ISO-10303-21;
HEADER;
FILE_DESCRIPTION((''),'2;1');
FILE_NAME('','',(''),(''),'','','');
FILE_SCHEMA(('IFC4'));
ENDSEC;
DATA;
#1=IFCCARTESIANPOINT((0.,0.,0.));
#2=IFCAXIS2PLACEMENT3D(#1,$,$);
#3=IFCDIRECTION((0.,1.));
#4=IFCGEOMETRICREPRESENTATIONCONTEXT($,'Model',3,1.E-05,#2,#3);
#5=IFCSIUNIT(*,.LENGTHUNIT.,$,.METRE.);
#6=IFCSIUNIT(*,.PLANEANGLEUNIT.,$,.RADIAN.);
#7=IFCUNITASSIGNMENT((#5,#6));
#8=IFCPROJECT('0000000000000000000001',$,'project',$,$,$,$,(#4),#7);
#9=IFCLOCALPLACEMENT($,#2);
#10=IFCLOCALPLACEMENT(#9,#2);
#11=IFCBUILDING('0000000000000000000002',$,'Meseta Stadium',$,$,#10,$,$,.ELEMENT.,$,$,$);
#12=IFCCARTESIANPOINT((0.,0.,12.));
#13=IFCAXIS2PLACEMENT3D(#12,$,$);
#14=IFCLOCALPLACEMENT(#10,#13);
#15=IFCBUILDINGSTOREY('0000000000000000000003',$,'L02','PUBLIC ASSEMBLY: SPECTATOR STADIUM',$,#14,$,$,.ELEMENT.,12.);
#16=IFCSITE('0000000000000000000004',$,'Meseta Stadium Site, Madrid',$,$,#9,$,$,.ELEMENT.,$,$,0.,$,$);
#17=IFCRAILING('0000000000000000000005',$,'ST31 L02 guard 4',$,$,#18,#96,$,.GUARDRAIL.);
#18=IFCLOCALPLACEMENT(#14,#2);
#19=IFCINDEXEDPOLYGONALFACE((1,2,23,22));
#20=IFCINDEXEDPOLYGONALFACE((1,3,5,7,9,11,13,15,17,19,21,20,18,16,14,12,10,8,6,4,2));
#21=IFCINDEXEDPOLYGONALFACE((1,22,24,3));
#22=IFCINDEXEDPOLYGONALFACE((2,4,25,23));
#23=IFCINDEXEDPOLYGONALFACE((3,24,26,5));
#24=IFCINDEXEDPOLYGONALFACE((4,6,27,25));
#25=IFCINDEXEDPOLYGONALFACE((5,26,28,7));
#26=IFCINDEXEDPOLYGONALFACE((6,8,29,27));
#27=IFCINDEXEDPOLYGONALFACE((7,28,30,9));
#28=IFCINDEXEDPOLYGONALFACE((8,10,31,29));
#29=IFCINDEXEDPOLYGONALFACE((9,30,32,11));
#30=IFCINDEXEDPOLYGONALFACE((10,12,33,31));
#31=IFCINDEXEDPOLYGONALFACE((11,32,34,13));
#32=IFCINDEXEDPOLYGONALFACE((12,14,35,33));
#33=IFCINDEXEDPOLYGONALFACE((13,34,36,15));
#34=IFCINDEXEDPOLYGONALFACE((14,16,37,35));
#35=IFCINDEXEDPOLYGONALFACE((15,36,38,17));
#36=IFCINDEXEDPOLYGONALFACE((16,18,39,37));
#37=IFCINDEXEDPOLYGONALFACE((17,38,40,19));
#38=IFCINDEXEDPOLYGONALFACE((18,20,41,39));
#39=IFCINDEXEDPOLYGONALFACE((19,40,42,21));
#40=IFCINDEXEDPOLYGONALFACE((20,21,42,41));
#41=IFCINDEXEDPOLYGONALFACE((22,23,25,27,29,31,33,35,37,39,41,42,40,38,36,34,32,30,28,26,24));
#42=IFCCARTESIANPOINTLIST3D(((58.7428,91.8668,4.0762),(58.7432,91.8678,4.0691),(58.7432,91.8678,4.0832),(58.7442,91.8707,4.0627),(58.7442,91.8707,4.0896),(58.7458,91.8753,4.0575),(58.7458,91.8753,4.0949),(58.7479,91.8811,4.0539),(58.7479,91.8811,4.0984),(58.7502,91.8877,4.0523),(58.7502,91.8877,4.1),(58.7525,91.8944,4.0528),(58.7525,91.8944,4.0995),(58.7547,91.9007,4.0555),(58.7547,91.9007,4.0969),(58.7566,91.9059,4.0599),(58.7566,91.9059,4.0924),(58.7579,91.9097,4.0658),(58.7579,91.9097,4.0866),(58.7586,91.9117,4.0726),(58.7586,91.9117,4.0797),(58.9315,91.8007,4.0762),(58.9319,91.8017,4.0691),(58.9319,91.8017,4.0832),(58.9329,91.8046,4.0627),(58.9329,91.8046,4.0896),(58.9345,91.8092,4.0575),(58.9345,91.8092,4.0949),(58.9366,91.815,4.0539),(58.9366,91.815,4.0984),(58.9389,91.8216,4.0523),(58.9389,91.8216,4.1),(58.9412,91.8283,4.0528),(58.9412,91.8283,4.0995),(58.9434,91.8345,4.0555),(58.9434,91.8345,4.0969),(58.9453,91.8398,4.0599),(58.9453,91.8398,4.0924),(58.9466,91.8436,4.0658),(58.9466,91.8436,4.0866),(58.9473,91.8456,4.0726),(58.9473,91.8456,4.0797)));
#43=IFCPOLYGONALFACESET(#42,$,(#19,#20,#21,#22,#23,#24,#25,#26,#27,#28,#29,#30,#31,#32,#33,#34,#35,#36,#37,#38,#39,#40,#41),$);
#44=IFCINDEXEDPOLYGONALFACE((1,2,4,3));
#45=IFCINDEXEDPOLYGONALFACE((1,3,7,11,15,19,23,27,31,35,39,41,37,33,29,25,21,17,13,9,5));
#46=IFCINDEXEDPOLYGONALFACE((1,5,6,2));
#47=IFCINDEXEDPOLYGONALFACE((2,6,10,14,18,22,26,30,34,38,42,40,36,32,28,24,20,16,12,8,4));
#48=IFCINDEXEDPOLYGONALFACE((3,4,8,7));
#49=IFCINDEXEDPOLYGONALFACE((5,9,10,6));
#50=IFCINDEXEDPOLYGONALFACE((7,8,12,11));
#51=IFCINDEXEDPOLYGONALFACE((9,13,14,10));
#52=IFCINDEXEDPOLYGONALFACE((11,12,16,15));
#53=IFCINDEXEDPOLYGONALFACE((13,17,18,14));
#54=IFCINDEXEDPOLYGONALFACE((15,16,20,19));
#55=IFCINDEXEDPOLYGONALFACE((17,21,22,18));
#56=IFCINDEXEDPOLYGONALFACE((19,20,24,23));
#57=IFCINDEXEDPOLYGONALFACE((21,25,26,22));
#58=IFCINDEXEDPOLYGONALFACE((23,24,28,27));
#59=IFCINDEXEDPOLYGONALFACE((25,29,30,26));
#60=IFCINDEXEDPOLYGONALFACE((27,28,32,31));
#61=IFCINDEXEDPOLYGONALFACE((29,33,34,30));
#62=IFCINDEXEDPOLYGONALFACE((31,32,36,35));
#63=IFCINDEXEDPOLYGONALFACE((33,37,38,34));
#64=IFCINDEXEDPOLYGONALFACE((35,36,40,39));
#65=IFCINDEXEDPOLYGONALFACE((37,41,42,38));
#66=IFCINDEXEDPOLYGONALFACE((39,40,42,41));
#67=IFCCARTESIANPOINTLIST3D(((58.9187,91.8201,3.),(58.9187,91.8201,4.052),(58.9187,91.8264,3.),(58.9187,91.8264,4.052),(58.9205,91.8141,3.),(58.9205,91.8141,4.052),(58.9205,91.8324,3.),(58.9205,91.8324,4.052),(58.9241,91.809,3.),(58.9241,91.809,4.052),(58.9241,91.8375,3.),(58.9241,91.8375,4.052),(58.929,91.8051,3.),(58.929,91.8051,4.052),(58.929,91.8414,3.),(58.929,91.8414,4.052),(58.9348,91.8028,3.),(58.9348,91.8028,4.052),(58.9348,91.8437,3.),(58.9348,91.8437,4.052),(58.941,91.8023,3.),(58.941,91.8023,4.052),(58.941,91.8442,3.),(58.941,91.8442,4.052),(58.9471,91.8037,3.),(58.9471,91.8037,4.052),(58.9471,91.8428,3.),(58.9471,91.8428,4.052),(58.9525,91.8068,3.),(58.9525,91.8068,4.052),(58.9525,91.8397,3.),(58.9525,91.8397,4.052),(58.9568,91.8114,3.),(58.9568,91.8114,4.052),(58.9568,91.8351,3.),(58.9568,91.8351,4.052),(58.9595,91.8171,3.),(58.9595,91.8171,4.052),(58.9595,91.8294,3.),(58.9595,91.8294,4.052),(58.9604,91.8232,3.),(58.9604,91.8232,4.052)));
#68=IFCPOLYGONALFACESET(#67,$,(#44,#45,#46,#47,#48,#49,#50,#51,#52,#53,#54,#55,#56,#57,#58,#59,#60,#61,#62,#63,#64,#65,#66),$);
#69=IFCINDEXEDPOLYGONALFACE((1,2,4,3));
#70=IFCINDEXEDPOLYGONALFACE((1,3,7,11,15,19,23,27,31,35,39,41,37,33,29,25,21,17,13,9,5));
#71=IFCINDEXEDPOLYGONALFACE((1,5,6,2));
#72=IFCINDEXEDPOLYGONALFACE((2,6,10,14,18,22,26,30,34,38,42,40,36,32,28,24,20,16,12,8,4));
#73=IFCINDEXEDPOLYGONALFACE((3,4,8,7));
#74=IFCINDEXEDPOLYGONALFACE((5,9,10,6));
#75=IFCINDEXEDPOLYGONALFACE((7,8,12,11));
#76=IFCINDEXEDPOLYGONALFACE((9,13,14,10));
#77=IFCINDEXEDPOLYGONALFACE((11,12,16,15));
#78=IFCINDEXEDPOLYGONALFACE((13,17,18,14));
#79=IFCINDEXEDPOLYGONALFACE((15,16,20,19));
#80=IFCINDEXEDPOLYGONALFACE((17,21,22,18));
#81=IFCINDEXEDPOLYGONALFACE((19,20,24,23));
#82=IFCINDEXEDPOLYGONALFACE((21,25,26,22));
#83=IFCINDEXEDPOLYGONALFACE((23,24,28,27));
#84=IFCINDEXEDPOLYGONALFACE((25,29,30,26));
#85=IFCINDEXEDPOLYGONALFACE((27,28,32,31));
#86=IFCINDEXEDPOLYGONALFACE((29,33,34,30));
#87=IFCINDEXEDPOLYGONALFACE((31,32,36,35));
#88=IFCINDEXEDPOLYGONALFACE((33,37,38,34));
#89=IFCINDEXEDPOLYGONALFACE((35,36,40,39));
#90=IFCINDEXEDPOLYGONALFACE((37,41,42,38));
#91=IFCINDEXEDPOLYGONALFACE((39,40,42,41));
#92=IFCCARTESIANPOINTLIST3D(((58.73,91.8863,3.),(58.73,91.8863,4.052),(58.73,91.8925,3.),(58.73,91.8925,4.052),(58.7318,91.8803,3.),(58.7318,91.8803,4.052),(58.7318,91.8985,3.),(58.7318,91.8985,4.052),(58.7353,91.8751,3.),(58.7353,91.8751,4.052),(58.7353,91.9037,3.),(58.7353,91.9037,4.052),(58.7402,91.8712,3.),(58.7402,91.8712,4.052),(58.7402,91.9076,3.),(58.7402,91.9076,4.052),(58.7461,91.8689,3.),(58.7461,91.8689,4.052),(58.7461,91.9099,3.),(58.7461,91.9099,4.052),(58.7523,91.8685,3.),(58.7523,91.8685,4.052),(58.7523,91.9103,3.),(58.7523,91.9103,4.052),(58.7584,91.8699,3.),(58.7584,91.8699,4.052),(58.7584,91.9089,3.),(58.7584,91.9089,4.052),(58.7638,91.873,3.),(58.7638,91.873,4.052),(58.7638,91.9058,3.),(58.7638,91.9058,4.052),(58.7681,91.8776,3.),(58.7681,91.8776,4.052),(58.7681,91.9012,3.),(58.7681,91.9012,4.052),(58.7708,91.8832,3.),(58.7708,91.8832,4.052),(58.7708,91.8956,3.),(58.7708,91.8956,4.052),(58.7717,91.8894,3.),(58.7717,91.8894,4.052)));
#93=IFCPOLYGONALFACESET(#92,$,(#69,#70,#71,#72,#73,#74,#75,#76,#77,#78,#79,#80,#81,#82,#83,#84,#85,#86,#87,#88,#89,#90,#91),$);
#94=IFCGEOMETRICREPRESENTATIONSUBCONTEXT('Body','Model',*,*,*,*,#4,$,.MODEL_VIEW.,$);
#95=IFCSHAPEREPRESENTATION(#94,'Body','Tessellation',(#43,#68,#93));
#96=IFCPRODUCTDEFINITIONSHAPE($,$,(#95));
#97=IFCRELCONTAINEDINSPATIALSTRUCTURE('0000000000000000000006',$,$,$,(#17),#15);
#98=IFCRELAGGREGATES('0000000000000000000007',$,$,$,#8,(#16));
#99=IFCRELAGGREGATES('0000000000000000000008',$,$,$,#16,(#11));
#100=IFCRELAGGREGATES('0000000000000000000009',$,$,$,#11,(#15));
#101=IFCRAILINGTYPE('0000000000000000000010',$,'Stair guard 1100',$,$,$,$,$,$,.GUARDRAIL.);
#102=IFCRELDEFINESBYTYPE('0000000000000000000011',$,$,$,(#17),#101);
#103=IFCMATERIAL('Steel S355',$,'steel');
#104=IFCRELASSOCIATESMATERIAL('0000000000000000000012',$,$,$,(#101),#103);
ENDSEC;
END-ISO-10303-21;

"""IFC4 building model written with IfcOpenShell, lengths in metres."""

from ifc_helpers import new_model, si_unit, direction, frame, origin, origin_2d, place, context, subcontext, project, spatial, circle, extrude, material, type_object, element, save


model = new_model("IFC4")

# Units and contexts
model_context = context("Model", 3, precision=1e-05, world=origin(), true_north=direction((0.0, 1.0)))
body_context = subcontext(model_context, "Body", "Model", "MODEL_VIEW")
ifc_project = project(units=[si_unit("LENGTHUNIT", "METRE"), si_unit("PLANEANGLEUNIT", "RADIAN")], contexts=[model_context])

# Site, building, storey
site_placement = place(None, origin())
site = spatial("IfcSite", under=ifc_project, at=site_placement, Name="Meseta Stadium Site, Madrid", CompositionType="ELEMENT", RefElevation=0.0)
building_placement = place(site_placement, origin())
building = spatial("IfcBuilding", under=site, at=building_placement, Name="Meseta Stadium", CompositionType="ELEMENT")
storey_placement = place(building_placement, frame((0.0, 0.0, 12.0)))
storey = spatial("IfcBuildingStorey", under=building, at=storey_placement, Name="L02", Description="PUBLIC ASSEMBLY: SPECTATOR STADIUM", CompositionType="ELEMENT", Elevation=12.0)

# Railing
ifc_material_1 = material(Name="Steel S355", Category="steel")
railing_type_1 = type_object("IfcRailingType", Name="Stair guard 1100", PredefinedType="GUARDRAIL", material=ifc_material_1)
railing_1_placement = place(storey_placement, frame((58.9395, 91.8232, 3.0)))
element("IfcRailing", 1, at=railing_1_placement, inside=storey, type_object=railing_type_1, Name="ST31 L02 guard 4", PredefinedType="GUARDRAIL", context=body_context, shape_type="SweptSolid", body=[
    extrude(circle(Radius=0.0239, at=origin_2d()), frame((0.0, 0.0, 1.0762), z_axis=(-0.943687, 0.33084, 0.0), x_axis=(-0.33084, -0.943687, 0.0)), (0.0, 0.0, 1.0), 0.2),
    extrude(circle(Radius=0.021, at=origin_2d()), origin(), (0.0, 0.0, 1.0), 1.052),
    extrude(circle(Radius=0.021, at=origin_2d()), frame((-0.1887, 0.0662, 0.0)), (0.0, 0.0, 1.0), 1.052),
])

save(model, "model.ifc")
